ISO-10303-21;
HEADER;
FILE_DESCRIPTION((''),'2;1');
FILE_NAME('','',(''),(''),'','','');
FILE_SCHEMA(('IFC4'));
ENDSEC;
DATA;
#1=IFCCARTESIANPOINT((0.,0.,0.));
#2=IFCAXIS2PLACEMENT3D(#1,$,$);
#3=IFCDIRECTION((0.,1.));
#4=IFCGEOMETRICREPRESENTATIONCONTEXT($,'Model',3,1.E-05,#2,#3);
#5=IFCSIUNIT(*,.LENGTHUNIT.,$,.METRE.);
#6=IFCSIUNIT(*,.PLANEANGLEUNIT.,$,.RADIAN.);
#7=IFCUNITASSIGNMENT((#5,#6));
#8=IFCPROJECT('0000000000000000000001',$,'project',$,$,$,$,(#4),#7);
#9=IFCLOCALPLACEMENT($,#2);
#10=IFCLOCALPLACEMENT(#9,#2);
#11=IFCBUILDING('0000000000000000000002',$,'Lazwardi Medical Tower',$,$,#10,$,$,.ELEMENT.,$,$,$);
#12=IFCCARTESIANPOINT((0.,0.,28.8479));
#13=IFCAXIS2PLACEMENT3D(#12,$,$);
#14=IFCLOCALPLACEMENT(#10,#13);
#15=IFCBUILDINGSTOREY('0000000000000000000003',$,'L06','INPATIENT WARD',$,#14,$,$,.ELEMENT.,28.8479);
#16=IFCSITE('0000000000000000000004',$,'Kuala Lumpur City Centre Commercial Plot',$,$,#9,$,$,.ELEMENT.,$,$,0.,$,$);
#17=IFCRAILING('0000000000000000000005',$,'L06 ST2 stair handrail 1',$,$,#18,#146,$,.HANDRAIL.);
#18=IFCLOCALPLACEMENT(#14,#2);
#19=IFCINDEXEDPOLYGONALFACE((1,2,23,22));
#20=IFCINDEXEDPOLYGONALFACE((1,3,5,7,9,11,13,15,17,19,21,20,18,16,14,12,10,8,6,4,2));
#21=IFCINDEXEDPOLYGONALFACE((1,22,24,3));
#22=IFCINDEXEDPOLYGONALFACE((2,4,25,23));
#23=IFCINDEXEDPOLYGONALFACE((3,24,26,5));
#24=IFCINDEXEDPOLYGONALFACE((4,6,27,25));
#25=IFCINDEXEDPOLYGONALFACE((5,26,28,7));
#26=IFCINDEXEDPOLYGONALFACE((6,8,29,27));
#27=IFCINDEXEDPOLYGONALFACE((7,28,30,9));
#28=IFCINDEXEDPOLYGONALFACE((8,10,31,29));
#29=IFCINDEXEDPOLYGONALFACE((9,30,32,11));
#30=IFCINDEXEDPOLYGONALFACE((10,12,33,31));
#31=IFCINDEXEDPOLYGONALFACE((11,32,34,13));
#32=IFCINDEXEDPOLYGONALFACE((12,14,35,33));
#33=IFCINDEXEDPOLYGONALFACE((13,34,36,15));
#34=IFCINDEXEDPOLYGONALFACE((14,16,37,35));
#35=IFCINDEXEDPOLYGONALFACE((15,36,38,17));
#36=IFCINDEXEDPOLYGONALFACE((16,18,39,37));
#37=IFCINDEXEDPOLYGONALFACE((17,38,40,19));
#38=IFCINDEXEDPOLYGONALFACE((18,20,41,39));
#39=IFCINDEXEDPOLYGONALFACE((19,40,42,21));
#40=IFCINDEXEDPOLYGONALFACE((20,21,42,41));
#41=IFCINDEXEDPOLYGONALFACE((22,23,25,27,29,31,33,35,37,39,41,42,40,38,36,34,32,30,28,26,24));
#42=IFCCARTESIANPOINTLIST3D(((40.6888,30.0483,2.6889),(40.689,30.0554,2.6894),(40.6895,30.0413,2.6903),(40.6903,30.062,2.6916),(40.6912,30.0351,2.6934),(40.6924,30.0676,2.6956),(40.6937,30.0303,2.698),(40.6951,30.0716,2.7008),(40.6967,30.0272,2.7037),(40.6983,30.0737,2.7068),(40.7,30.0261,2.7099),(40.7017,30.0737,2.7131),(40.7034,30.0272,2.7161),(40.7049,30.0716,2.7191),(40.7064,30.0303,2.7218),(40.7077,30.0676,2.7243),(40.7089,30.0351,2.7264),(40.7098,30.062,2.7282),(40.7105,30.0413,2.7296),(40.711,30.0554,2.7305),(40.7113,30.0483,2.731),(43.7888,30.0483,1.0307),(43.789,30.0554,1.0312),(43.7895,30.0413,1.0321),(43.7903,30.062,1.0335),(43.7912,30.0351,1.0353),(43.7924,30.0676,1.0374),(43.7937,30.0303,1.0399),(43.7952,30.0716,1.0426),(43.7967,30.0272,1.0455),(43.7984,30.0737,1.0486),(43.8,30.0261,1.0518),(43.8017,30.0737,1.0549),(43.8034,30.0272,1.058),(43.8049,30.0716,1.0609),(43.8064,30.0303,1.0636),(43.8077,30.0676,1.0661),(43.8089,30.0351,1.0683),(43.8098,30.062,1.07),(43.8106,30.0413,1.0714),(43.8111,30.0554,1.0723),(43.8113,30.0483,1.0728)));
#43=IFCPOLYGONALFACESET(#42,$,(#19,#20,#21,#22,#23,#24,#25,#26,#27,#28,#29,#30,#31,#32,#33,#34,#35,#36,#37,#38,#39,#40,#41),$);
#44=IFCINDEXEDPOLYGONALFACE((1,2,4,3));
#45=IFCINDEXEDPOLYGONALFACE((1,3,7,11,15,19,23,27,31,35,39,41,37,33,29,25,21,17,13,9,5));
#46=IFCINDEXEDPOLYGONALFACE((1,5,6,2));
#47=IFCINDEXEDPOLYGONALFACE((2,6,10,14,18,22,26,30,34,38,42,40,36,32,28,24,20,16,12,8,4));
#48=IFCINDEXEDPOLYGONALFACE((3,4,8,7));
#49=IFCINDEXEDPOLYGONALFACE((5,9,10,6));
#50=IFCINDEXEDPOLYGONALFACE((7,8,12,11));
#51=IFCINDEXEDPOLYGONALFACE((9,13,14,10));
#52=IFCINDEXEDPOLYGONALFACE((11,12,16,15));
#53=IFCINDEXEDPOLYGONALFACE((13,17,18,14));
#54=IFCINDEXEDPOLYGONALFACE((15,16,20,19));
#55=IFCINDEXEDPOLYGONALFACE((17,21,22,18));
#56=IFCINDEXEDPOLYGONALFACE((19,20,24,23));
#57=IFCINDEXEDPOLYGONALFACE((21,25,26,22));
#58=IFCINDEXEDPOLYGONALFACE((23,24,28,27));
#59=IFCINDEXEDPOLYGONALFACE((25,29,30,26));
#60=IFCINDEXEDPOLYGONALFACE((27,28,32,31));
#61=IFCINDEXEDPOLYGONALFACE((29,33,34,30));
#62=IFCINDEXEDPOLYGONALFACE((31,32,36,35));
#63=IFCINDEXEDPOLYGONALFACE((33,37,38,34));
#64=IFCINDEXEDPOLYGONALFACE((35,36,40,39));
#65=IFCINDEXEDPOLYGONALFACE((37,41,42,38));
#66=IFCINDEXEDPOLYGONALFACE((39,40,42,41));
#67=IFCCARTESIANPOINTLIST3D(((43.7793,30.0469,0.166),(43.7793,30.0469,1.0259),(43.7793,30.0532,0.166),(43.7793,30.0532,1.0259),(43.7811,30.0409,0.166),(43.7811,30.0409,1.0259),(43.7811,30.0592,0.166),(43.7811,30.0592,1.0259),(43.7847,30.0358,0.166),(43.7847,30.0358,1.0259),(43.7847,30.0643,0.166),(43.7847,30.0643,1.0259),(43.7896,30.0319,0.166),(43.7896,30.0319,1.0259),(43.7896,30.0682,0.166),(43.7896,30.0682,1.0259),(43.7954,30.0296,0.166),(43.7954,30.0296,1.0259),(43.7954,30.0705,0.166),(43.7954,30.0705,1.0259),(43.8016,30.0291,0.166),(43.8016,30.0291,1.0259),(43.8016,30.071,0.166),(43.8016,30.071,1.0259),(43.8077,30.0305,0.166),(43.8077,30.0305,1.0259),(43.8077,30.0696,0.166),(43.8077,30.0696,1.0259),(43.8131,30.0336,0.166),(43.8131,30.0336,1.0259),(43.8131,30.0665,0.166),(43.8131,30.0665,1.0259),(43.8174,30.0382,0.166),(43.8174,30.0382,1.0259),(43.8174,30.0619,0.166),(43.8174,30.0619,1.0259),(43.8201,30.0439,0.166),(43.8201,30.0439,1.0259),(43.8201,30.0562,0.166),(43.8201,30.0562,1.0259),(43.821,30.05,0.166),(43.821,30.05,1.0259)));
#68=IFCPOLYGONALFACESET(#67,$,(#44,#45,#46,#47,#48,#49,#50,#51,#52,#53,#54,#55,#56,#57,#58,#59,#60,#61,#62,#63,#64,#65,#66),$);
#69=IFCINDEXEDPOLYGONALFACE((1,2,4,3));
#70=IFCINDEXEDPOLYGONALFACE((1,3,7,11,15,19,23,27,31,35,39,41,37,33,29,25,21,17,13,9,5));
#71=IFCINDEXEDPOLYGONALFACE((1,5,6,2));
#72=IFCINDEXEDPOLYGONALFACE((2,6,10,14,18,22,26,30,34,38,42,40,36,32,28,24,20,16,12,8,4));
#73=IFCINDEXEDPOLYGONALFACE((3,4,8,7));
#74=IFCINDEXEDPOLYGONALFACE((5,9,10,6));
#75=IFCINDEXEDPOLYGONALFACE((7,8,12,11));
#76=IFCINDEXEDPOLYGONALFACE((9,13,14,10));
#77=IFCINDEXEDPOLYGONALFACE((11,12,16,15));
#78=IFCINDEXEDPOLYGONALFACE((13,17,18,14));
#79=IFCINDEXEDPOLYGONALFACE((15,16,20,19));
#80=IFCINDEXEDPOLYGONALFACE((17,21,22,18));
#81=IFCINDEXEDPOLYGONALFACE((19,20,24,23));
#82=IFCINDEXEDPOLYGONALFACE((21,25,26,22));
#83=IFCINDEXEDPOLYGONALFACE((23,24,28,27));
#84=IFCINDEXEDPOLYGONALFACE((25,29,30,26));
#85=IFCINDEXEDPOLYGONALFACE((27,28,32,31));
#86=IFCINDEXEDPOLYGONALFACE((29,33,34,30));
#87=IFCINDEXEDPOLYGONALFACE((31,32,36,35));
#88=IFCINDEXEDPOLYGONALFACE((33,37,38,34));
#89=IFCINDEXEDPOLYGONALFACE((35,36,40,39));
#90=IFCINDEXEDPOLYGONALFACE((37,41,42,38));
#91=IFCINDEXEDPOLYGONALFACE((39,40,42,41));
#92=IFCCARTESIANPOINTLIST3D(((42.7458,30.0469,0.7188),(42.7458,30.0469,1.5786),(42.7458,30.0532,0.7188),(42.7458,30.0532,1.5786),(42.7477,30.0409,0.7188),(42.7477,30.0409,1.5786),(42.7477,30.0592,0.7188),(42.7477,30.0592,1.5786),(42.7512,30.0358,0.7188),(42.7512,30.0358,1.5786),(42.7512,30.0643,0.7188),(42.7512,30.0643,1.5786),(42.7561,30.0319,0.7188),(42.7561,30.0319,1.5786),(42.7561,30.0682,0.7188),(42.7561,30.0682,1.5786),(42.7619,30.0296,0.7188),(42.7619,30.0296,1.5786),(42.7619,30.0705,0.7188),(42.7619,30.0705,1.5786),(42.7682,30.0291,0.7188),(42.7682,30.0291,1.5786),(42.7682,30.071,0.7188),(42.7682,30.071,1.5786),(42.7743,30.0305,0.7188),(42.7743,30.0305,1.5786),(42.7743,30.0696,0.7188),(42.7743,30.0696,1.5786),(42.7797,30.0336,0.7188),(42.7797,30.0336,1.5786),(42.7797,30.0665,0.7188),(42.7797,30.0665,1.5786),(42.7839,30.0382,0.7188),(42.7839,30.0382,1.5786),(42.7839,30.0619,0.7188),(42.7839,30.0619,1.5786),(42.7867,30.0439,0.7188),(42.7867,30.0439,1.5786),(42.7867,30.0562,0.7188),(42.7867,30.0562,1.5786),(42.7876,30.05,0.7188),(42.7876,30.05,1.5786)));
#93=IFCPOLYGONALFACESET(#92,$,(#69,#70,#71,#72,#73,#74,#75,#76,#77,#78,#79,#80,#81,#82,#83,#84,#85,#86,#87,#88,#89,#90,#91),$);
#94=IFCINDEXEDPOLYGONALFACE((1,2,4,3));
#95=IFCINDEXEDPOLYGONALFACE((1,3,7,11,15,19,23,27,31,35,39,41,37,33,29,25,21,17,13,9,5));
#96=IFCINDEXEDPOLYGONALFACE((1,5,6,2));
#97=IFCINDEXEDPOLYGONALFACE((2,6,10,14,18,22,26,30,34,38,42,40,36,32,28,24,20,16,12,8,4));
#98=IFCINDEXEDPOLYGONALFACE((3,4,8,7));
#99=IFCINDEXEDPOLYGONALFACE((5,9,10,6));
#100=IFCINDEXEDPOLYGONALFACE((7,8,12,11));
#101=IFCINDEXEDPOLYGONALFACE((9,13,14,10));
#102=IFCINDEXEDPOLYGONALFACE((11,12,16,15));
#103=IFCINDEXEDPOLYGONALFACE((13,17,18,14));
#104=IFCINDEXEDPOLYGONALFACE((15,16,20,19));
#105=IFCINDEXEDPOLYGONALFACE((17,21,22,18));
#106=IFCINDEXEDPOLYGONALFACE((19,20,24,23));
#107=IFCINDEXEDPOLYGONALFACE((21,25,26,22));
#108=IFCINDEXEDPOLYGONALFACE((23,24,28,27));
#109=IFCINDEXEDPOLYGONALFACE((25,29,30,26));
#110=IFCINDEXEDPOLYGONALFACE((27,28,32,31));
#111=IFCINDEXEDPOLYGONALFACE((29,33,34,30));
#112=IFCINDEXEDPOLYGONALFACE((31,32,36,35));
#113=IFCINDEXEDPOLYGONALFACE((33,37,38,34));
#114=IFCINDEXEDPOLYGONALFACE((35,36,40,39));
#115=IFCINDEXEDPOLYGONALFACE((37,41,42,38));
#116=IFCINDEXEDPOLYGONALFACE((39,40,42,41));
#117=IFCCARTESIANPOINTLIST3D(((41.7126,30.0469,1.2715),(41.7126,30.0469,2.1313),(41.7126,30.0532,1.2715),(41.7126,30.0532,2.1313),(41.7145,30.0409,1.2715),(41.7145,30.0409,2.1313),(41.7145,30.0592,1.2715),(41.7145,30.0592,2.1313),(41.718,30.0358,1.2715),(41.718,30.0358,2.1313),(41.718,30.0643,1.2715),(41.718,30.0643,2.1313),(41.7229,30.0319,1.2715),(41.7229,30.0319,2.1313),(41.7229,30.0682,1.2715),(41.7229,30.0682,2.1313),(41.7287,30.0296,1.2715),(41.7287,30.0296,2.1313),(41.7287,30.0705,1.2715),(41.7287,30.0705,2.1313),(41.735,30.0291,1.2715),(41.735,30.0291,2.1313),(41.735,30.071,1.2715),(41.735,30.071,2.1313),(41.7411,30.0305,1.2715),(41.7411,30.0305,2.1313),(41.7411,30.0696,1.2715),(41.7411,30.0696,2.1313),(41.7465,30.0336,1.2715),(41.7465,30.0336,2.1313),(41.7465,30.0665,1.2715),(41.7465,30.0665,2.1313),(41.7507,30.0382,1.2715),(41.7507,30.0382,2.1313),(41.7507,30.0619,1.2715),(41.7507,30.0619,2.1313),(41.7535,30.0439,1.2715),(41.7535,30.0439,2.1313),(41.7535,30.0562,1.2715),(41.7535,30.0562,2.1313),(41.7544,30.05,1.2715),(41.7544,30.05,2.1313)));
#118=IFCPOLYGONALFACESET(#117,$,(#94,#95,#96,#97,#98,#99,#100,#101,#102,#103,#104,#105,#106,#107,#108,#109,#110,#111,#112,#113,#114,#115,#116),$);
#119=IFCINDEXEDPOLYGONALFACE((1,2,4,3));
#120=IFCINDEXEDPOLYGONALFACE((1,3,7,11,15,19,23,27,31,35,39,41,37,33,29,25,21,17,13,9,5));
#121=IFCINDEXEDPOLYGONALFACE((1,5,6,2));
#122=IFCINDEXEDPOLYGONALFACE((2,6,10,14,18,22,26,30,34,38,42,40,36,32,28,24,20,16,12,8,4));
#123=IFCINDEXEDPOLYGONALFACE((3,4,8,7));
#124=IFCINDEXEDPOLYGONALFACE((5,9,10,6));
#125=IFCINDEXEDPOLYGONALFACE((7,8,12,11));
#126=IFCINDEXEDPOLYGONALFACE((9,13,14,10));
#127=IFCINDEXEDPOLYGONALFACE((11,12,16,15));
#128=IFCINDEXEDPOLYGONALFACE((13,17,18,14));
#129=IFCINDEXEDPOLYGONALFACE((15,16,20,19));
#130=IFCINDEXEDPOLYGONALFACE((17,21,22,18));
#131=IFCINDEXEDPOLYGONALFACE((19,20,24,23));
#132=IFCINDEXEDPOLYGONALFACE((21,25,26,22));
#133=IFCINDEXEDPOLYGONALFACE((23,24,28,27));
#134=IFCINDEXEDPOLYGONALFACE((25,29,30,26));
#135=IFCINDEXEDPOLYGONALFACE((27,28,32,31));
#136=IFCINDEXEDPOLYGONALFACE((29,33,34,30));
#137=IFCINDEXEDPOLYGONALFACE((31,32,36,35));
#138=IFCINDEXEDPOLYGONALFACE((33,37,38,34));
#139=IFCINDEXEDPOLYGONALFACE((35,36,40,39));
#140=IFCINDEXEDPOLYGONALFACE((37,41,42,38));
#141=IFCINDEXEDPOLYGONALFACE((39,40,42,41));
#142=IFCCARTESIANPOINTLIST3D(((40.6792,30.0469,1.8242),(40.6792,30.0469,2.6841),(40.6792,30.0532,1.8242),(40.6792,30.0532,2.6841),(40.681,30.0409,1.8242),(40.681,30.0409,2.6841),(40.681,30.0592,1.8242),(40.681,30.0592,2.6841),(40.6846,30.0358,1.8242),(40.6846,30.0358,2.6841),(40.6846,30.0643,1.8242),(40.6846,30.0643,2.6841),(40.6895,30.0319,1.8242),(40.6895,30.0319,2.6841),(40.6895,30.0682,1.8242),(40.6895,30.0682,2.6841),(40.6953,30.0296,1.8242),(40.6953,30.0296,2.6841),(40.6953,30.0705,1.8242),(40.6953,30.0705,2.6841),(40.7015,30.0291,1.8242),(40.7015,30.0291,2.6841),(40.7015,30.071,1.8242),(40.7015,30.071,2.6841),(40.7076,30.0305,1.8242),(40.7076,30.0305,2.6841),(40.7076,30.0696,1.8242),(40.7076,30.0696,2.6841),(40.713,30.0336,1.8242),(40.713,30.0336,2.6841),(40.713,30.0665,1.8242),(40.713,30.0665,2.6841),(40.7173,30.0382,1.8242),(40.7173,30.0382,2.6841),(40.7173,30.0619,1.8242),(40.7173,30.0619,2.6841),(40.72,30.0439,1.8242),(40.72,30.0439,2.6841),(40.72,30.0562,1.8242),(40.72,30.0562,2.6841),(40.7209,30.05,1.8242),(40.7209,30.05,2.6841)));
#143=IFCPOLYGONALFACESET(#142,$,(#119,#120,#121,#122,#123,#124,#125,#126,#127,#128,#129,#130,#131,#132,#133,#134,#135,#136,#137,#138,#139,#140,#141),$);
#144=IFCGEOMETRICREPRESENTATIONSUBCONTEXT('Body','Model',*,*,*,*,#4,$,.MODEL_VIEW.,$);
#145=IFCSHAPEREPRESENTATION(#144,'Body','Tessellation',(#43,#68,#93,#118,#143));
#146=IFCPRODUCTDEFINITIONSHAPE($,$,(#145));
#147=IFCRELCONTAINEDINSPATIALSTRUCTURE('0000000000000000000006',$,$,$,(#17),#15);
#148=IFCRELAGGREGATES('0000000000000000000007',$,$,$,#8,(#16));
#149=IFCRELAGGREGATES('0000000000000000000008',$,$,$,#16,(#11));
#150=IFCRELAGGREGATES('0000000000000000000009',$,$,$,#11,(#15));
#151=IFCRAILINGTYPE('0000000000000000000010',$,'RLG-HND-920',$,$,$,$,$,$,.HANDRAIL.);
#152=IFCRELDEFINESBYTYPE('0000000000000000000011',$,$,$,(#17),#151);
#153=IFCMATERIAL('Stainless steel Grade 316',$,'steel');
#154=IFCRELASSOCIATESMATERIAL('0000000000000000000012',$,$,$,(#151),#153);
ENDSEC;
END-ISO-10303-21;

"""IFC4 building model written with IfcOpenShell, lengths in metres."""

from ifc_helpers import new_model, si_unit, direction, frame, origin, origin_2d, place, context, subcontext, project, spatial, circle, extrude, material, type_object, element, save


model = new_model("IFC4")

# Units and contexts
model_context = context("Model", 3, precision=1e-05, world=origin(), true_north=direction((0.0, 1.0)))
body_context = subcontext(model_context, "Body", "Model", "MODEL_VIEW")
ifc_project = project(units=[si_unit("LENGTHUNIT", "METRE"), si_unit("PLANEANGLEUNIT", "RADIAN")], contexts=[model_context])

# Site, building, storey
site_placement = place(None, origin())
site = spatial("IfcSite", under=ifc_project, at=site_placement, Name="Kuala Lumpur City Centre Commercial Plot", CompositionType="ELEMENT", RefElevation=0.0)
building_placement = place(site_placement, origin())
building = spatial("IfcBuilding", under=site, at=building_placement, Name="Lazwardi Medical Tower", CompositionType="ELEMENT")
storey_placement = place(building_placement, frame((0.0, 0.0, 28.8479)))
storey = spatial("IfcBuildingStorey", under=building, at=storey_placement, Name="L06", Description="INPATIENT WARD", CompositionType="ELEMENT", Elevation=28.8479)

# Railing
ifc_material_1 = material(Name="Stainless steel Grade 316", Category="steel")
railing_type_1 = type_object("IfcRailingType", Name="RLG-HND-920", PredefinedType="HANDRAIL", material=ifc_material_1)
railing_1_placement = place(storey_placement, frame((43.8, 30.05, 0.166)))
element("IfcRailing", 1, at=railing_1_placement, inside=storey, type_object=railing_type_1, Name="L06 ST2 stair handrail 1", PredefinedType="HANDRAIL", context=body_context, shape_type="SweptSolid", body=[
    extrude(circle(Radius=0.0239, at=origin_2d()), frame((0.0, 0.0, 0.8857), z_axis=(-0.881783, 0.0, 0.471655), x_axis=(0.0, -1.0, 0.0)), (0.0, 0.0, 1.0), 3.5156),
    extrude(circle(Radius=0.021, at=origin_2d()), origin(), (0.0, 0.0, 1.0), 0.8599),
    extrude(circle(Radius=0.021, at=origin_2d()), frame((-1.0334, 0.0, 0.5527)), (0.0, 0.0, 1.0), 0.8599),
    extrude(circle(Radius=0.021, at=origin_2d()), frame((-2.0667, 0.0, 1.1055)), (0.0, 0.0, 1.0), 0.8599),
    extrude(circle(Radius=0.021, at=origin_2d()), frame((-3.1001, 0.0, 1.6582)), (0.0, 0.0, 1.0), 0.8599),
])

save(model, "model.ifc")
